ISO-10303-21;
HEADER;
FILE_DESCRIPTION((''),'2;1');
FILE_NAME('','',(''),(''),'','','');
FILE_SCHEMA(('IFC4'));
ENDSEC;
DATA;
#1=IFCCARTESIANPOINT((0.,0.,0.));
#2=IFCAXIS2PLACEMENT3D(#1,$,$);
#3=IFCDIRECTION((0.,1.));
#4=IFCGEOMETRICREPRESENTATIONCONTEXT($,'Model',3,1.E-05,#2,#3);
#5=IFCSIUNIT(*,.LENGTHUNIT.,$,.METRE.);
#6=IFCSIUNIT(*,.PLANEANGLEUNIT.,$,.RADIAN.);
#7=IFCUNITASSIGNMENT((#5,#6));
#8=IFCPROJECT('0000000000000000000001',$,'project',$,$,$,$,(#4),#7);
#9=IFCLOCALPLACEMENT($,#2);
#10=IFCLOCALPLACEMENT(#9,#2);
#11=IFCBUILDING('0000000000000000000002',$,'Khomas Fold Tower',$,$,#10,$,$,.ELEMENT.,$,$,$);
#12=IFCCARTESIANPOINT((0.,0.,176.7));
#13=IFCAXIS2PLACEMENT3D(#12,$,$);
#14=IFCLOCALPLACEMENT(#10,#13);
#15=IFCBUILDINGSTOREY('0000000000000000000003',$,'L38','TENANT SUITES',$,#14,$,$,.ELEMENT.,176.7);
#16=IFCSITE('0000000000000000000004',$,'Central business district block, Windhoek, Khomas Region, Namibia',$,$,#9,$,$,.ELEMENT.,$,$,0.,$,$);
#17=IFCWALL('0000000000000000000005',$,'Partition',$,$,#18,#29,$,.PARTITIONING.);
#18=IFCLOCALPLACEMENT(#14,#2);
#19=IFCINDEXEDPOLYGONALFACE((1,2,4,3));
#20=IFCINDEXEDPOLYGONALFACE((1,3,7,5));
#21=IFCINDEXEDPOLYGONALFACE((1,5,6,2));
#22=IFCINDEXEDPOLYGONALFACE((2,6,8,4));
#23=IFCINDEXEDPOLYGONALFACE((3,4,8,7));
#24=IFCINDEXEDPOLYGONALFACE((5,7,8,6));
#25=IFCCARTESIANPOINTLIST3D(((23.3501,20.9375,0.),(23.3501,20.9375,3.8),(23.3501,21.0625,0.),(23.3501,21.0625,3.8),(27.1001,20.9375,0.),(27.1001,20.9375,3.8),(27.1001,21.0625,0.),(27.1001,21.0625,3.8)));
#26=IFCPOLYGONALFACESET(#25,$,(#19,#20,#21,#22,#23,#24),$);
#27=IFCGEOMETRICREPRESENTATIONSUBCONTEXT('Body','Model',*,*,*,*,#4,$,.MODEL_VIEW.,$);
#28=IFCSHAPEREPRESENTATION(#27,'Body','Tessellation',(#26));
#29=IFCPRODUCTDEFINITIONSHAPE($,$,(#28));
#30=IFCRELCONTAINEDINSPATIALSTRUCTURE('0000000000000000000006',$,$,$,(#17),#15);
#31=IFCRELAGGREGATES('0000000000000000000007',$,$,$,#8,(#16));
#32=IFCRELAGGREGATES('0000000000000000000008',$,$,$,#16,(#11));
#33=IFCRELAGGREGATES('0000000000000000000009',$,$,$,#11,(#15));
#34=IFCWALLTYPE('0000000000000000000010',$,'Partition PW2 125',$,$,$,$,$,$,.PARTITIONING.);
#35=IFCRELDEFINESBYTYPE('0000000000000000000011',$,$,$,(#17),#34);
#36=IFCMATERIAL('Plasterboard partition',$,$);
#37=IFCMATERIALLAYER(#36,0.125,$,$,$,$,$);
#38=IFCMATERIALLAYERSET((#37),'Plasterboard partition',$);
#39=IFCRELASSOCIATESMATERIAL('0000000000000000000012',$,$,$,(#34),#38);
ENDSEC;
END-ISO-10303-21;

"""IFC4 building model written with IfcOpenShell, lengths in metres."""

from ifc_helpers import new_model, si_unit, direction, frame, frame_2d, origin, place, context, subcontext, project, spatial, rectangle, extrude, source, transform, mapped, material, layer, layer_set, type_object, element, save


model = new_model("IFC4")

# Units and contexts
model_context = context("Model", 3, precision=1e-05, world=origin(), true_north=direction((0.0, 1.0)))
body_context = subcontext(model_context, "Body", "Model", "MODEL_VIEW")
ifc_project = project(units=[si_unit("LENGTHUNIT", "METRE"), si_unit("PLANEANGLEUNIT", "RADIAN")], contexts=[model_context])

# Site, building, storey
site_placement = place(None, origin())
site = spatial("IfcSite", under=ifc_project, at=site_placement, Name="Central business district block, Windhoek, Khomas Region, Namibia", CompositionType="ELEMENT", RefElevation=0.0)
building_placement = place(site_placement, origin())
building = spatial("IfcBuilding", under=site, at=building_placement, Name="Khomas Fold Tower", CompositionType="ELEMENT")
storey_placement = place(building_placement, frame((0.0, 0.0, 176.7)))
storey = spatial("IfcBuildingStorey", under=building, at=storey_placement, Name="L38", Description="TENANT SUITES", CompositionType="ELEMENT", Elevation=176.7)

# Shared definitions
ifc_material_1 = material(Name="Plasterboard partition")
ifc_layer_1 = layer(ifc_material_1, 0.125)
ifc_layer_set_1 = layer_set([ifc_layer_1], Name="Plasterboard partition")
wall_type_1 = type_object("IfcWallType", Name="Partition PW2 125", PredefinedType="PARTITIONING", material=ifc_layer_set_1)

# Wall
shared_shape_1 = source(origin(), body_context, "Body", "SweptSolid", [
    extrude(rectangle(XDim=3.75, YDim=0.125, at=frame_2d((1.875, 0.0))), origin(), (0.0, 0.0, 1.0), 3.8),
])
wall_1_placement = place(storey_placement, frame((23.3501, 21.0, 0.0), z_axis=(0.0, 0.0, 1.0), x_axis=(1.0, 0.0, 0.0)))
element("IfcWall", 1, at=wall_1_placement, inside=storey, type_object=wall_type_1, Name="Partition", PredefinedType="PARTITIONING", context=body_context, shape_type="MappedRepresentation", body=[
    mapped(shared_shape_1, transform((0.0, 0.0, 0.0))),
])

save(model, "model.ifc")
